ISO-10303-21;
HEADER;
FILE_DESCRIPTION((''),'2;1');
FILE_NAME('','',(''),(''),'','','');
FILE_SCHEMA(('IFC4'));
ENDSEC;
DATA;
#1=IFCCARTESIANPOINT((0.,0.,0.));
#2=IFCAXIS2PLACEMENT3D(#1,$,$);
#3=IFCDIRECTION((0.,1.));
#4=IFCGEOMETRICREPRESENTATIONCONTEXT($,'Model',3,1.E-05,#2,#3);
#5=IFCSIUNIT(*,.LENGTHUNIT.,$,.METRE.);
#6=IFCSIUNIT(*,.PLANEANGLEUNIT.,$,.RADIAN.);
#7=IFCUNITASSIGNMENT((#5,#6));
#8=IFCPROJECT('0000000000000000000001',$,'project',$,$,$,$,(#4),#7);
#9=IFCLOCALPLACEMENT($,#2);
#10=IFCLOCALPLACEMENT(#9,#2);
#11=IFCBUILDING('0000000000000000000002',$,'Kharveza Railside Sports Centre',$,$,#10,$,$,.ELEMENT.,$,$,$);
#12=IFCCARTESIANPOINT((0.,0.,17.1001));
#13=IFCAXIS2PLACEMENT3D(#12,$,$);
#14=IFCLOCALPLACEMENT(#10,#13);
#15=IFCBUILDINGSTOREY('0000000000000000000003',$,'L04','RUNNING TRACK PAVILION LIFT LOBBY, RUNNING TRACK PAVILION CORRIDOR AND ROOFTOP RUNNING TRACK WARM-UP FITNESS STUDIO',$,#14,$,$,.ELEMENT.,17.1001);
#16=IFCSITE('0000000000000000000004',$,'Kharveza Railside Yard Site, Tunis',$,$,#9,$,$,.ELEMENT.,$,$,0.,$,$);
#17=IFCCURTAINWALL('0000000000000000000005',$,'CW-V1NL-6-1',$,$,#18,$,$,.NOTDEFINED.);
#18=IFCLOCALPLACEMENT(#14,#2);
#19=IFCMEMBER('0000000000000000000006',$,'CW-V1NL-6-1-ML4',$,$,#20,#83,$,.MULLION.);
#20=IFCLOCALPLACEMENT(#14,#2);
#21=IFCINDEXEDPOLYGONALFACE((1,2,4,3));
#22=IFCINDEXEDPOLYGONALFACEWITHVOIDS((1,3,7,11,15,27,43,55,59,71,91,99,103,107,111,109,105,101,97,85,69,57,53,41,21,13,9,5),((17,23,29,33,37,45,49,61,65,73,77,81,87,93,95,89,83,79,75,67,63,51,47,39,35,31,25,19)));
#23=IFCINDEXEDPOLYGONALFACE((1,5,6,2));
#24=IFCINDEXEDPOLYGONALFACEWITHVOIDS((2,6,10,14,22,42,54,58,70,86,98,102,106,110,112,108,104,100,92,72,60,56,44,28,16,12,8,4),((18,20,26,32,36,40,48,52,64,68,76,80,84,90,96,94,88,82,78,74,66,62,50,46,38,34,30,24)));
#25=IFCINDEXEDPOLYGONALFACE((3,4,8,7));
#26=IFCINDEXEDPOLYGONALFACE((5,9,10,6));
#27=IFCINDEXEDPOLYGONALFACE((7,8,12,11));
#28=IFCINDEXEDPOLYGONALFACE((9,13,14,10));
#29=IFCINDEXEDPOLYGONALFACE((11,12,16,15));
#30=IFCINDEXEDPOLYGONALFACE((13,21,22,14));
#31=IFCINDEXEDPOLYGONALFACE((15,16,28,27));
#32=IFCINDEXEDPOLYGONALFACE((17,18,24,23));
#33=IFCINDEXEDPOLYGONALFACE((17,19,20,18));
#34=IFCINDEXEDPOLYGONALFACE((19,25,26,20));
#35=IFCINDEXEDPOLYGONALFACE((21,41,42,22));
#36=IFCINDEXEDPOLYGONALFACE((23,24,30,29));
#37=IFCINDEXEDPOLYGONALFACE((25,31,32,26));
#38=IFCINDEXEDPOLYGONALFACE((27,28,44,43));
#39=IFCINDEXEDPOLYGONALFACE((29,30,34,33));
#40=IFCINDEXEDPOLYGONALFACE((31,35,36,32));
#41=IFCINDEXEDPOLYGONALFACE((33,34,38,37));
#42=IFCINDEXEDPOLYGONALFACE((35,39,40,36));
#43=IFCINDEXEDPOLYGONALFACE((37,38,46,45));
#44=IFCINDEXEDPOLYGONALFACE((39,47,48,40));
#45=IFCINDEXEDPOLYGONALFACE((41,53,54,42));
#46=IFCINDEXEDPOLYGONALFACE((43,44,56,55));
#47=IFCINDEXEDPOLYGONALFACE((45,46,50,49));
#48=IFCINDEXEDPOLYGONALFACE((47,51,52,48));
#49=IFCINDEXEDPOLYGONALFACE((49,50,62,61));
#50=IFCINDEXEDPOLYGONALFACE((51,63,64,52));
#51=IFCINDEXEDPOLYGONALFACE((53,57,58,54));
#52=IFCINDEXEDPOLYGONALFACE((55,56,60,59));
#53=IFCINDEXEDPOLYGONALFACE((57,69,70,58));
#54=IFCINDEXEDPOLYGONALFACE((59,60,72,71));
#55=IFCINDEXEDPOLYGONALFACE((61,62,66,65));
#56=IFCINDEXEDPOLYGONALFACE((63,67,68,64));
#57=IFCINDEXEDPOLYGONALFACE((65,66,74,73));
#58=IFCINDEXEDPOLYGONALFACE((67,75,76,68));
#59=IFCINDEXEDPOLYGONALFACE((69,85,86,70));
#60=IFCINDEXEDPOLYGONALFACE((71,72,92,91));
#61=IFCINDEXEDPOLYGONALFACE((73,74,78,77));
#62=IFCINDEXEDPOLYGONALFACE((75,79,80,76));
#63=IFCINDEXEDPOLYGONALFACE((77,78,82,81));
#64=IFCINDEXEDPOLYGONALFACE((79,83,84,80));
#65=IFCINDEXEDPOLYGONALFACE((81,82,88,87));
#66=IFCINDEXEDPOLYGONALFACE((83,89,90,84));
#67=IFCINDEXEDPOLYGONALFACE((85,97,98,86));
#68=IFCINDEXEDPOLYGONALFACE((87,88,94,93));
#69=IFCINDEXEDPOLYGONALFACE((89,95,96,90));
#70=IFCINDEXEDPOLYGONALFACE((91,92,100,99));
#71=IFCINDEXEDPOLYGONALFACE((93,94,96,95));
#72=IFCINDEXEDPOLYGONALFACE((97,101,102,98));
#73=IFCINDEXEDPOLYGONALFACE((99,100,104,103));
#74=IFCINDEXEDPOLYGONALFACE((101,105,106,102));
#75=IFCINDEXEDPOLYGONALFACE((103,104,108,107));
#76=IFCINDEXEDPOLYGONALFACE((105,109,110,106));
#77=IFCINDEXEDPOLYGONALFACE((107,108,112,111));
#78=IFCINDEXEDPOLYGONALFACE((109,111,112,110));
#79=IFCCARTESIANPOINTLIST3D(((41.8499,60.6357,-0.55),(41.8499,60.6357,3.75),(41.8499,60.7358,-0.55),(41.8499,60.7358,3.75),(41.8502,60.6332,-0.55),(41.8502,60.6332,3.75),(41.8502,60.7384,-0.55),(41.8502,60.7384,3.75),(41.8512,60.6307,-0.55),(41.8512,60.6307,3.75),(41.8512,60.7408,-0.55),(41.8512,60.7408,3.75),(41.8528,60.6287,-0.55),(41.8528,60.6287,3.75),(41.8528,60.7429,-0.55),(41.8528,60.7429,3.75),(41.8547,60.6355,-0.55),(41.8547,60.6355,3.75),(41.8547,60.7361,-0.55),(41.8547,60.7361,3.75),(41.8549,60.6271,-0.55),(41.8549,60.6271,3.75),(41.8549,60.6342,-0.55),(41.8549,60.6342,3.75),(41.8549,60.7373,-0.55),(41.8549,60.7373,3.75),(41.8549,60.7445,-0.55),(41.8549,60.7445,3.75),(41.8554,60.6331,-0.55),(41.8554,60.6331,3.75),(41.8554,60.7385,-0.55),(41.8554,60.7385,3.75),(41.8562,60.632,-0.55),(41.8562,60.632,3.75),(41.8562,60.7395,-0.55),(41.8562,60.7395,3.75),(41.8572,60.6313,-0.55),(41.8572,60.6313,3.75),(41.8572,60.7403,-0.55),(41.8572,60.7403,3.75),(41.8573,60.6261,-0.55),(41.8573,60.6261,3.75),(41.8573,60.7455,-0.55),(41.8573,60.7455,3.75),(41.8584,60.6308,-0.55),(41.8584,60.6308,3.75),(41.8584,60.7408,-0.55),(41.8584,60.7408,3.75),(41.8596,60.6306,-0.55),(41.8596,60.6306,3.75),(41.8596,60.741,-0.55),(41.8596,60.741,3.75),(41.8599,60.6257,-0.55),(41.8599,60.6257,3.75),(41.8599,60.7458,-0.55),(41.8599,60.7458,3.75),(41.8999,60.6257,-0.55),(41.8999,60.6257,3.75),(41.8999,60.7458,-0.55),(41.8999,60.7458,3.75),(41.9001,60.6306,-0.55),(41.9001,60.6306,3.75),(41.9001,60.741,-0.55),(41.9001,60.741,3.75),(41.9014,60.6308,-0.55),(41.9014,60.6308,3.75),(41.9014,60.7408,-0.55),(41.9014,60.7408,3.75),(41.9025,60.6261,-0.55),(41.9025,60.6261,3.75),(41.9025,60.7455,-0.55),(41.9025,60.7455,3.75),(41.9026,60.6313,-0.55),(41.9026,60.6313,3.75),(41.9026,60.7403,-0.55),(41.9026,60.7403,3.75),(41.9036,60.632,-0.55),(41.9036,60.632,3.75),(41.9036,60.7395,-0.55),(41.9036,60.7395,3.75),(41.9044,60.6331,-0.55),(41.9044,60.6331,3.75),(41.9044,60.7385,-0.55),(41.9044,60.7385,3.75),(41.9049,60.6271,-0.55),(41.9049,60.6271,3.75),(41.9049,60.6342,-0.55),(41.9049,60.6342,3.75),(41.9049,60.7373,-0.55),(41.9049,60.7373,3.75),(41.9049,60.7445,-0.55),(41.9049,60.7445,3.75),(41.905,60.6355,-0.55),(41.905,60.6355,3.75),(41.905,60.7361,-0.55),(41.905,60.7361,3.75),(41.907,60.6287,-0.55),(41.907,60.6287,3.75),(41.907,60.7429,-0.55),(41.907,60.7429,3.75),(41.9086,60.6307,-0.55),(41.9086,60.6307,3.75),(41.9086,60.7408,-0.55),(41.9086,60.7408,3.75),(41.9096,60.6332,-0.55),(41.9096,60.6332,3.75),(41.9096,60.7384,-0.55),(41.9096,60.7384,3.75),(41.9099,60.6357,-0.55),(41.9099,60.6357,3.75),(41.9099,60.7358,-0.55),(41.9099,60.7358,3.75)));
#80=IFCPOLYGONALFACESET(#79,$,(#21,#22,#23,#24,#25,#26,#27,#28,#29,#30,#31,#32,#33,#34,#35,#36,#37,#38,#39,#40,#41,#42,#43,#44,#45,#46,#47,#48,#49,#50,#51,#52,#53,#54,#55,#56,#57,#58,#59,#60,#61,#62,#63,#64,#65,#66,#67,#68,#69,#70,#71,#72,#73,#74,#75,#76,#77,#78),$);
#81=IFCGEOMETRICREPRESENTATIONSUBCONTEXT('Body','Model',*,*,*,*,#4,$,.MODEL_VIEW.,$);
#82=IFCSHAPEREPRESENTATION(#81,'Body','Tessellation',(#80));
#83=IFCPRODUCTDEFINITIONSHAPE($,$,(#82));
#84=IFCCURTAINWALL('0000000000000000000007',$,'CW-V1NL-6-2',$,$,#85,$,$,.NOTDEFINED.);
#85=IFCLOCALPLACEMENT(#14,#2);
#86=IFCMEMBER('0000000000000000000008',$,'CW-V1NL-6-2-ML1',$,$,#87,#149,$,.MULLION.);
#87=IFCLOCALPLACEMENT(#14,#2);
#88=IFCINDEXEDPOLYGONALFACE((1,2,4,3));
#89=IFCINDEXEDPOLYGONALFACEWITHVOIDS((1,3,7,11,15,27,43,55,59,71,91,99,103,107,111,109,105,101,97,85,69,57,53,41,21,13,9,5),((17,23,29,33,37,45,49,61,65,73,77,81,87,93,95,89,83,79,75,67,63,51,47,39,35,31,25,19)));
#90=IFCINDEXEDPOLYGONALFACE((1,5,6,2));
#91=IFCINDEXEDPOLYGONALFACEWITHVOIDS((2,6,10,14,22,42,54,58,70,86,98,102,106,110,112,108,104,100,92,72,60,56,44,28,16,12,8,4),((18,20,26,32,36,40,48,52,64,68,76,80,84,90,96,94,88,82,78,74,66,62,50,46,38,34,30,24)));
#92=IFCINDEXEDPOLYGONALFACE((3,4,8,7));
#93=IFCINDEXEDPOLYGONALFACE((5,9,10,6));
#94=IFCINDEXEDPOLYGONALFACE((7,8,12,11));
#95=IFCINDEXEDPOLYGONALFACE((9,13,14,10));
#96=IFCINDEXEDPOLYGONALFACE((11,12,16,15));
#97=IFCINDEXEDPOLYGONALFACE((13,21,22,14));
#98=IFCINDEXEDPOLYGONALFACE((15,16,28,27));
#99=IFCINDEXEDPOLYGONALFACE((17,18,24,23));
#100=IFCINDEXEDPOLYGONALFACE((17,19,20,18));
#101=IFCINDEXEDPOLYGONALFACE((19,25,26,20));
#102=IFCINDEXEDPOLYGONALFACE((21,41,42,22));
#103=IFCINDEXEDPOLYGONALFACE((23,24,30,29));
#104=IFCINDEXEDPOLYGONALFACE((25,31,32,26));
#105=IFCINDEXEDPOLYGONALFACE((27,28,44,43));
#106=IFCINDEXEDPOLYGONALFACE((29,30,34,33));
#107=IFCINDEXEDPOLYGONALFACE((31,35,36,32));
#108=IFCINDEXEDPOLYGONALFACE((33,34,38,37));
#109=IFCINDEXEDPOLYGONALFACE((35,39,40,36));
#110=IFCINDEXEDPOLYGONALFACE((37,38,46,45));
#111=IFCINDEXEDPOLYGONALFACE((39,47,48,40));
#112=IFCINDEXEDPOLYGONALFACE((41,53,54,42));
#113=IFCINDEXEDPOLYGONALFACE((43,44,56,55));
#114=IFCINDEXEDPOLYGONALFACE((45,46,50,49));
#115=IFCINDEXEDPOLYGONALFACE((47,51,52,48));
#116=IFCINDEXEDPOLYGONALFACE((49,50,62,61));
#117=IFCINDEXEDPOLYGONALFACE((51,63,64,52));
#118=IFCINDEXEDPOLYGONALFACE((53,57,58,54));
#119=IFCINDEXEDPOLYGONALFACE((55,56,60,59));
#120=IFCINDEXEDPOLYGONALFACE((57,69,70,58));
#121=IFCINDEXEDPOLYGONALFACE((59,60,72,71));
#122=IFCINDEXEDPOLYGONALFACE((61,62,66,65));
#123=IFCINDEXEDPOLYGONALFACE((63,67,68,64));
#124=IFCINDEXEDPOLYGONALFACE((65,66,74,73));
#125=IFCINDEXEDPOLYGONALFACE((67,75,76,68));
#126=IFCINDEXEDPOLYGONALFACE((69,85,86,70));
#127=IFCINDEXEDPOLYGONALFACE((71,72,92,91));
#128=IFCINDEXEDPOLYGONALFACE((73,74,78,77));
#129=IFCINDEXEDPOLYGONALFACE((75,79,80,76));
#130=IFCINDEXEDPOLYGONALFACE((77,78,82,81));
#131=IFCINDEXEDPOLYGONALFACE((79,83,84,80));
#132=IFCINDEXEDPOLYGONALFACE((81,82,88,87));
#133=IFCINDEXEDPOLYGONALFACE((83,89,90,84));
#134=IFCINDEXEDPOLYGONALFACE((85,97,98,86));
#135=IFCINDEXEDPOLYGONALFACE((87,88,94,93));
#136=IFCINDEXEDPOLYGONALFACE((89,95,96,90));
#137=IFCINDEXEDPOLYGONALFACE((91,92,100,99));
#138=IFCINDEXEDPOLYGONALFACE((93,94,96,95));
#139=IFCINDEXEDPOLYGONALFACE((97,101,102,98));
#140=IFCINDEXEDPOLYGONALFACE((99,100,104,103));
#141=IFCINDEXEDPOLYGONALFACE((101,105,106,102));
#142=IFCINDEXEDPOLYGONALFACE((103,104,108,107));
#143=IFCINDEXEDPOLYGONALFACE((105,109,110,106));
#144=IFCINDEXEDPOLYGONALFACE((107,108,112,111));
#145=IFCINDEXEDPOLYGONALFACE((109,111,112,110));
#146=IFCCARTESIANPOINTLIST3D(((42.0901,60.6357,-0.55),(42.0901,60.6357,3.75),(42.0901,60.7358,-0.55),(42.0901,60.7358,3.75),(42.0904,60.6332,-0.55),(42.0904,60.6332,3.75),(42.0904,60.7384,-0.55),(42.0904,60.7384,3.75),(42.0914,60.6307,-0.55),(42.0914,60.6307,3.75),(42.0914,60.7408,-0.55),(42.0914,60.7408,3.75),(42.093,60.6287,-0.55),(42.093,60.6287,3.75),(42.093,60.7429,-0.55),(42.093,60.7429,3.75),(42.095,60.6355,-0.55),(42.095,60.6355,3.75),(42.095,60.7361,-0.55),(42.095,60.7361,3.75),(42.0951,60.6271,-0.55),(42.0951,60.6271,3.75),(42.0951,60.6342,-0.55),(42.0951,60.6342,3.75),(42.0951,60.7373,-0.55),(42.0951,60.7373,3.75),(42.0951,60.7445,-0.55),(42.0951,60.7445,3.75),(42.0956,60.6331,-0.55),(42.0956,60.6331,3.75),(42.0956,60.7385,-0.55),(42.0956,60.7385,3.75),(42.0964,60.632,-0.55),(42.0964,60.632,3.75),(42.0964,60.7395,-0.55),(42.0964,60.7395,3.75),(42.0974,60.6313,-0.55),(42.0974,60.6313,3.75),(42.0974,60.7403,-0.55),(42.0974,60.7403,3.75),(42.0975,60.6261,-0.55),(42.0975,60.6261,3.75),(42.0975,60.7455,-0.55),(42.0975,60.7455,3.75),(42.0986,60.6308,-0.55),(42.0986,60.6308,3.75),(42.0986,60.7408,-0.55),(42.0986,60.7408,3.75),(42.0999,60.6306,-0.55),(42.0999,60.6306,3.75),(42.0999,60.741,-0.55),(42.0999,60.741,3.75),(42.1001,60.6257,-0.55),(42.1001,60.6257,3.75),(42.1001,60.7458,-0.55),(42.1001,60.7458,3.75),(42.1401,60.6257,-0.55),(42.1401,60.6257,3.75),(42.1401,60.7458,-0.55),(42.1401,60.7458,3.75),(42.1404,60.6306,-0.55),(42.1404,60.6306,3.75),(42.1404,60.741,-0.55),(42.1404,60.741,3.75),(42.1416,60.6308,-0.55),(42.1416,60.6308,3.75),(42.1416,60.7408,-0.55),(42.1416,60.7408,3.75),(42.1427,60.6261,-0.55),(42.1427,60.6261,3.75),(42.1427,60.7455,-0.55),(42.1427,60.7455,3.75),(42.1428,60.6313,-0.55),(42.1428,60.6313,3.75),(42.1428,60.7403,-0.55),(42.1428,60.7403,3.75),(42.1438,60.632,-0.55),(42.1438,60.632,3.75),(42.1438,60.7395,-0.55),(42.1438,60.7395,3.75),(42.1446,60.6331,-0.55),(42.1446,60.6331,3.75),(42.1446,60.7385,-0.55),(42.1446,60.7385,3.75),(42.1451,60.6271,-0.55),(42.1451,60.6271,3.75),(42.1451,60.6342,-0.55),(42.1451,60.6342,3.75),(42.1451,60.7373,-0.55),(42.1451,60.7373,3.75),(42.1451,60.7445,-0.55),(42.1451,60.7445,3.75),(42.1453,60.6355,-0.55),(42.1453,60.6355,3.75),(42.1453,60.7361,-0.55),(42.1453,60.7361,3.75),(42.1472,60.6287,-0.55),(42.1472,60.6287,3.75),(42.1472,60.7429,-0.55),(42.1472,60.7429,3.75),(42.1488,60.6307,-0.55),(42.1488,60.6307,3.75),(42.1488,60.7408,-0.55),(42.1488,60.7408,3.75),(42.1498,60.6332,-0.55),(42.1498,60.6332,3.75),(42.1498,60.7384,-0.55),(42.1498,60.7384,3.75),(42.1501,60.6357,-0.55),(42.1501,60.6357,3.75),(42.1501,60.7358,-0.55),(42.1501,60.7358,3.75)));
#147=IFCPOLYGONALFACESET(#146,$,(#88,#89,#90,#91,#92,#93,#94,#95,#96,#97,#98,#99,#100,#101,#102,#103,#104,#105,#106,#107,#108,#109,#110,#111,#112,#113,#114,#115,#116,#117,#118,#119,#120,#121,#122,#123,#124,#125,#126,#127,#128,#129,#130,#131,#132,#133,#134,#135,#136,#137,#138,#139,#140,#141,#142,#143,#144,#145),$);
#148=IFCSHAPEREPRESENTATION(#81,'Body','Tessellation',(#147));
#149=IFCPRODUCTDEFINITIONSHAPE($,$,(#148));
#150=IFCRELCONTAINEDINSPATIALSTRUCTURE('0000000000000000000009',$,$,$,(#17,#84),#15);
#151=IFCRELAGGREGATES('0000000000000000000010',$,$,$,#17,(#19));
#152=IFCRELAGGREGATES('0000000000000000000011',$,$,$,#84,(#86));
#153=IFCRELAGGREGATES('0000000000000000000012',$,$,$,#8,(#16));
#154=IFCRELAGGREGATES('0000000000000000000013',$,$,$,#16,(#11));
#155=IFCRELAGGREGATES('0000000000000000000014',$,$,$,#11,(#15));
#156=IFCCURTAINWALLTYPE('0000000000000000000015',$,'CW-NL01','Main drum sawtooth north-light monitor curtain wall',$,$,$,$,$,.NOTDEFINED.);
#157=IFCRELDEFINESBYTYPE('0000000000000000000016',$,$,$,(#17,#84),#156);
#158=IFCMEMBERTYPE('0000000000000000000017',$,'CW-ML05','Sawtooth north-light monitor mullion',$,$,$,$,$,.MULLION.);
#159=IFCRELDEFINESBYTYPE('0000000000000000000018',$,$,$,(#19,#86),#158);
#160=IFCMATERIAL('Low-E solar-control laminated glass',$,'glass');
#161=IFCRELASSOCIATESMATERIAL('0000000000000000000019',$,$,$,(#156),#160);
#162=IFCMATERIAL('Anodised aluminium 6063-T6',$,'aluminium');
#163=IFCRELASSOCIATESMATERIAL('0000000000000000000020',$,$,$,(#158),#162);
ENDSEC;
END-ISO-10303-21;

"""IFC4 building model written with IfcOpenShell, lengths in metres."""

from ifc_helpers import new_model, si_unit, direction, frame, origin, origin_2d, place, context, subcontext, project, spatial, hollow_rectangle, extrude, material, material_profile, profile_set, type_object, element, aggregate, save


model = new_model("IFC4")

# Units and contexts
model_context = context("Model", 3, precision=1e-05, world=origin(), true_north=direction((0.0, 1.0)))
body_context = subcontext(model_context, "Body", "Model", "MODEL_VIEW")
ifc_project = project(units=[si_unit("LENGTHUNIT", "METRE"), si_unit("PLANEANGLEUNIT", "RADIAN")], contexts=[model_context])

# Site, building, storey
site_placement = place(None, origin())
site = spatial("IfcSite", under=ifc_project, at=site_placement, Name="Kharveza Railside Yard Site, Tunis", CompositionType="ELEMENT", RefElevation=0.0)
building_placement = place(site_placement, origin())
building = spatial("IfcBuilding", under=site, at=building_placement, Name="Kharveza Railside Sports Centre", CompositionType="ELEMENT")
storey_placement = place(building_placement, frame((0.0, 0.0, 17.1001)))
storey = spatial("IfcBuildingStorey", under=building, at=storey_placement, Name="L04", Description="RUNNING TRACK PAVILION LIFT LOBBY, RUNNING TRACK PAVILION CORRIDOR AND ROOFTOP RUNNING TRACK WARM-UP FITNESS STUDIO", CompositionType="ELEMENT", Elevation=17.1001)

# Curtain walls, members
ifc_material_1 = material(Name="Low-E solar-control laminated glass", Category="glass")
curtain_wall_type = type_object("IfcCurtainWallType", Name="CW-NL01", Description="Main drum sawtooth north-light monitor curtain wall", PredefinedType="NOTDEFINED", material=ifc_material_1)
curtain_wall_1_placement = place(storey_placement, origin())
curtain_wall_1 = element("IfcCurtainWall", 1, at=curtain_wall_1_placement, inside=storey, type_object=curtain_wall_type, Name="CW-V1NL-6-1", PredefinedType="NOTDEFINED")
ifc_material_2 = material(Name="Anodised aluminium 6063-T6", Category="aluminium")
ifc_material_profile_1 = material_profile(ifc_material_2, hollow_rectangle(XDim=0.0601, YDim=0.1201, WallThickness=0.0049, InnerFilletRadius=0.0049, OuterFilletRadius=0.01, at=origin_2d()), Name="RHS 60x120x5.0")
ifc_profile_set_1 = profile_set([ifc_material_profile_1], Name="Anodised aluminium 6063-T6")
member_type_1 = type_object("IfcMemberType", Name="CW-ML05", Description="Sawtooth north-light monitor mullion", PredefinedType="MULLION", material=ifc_profile_set_1)
member_1_placement = place(storey_placement, frame((41.8799, 60.6858, -0.55), z_axis=(0.0, 0.0, 1.0), x_axis=(1.0, 0.0, 0.0)))
member_1 = element("IfcMember", 2, at=member_1_placement, type_object=member_type_1, Name="CW-V1NL-6-1-ML4", PredefinedType="MULLION", context=body_context, shape_type="SweptSolid", body=[
    extrude(hollow_rectangle(XDim=0.0601, YDim=0.1201, WallThickness=0.0049, InnerFilletRadius=0.0049, OuterFilletRadius=0.01, at=origin_2d()), origin(), (0.0, 0.0, 1.0), 4.3),
])
curtain_wall_2_placement = place(storey_placement, origin())
curtain_wall_2 = element("IfcCurtainWall", 3, at=curtain_wall_2_placement, inside=storey, type_object=curtain_wall_type, Name="CW-V1NL-6-2", PredefinedType="NOTDEFINED")
member_2_placement = place(storey_placement, frame((42.1201, 60.6858, -0.55), z_axis=(0.0, 0.0, 1.0), x_axis=(1.0, 0.0, 0.0)))
member_2 = element("IfcMember", 4, at=member_2_placement, type_object=member_type_1, Name="CW-V1NL-6-2-ML1", PredefinedType="MULLION", context=body_context, shape_type="SweptSolid", body=[
    extrude(hollow_rectangle(XDim=0.0601, YDim=0.1201, WallThickness=0.0049, InnerFilletRadius=0.0049, OuterFilletRadius=0.01, at=origin_2d()), origin(), (0.0, 0.0, 1.0), 4.3),
])

aggregate(curtain_wall_1, [member_1])
aggregate(curtain_wall_2, [member_2])

save(model, "model.ifc")
